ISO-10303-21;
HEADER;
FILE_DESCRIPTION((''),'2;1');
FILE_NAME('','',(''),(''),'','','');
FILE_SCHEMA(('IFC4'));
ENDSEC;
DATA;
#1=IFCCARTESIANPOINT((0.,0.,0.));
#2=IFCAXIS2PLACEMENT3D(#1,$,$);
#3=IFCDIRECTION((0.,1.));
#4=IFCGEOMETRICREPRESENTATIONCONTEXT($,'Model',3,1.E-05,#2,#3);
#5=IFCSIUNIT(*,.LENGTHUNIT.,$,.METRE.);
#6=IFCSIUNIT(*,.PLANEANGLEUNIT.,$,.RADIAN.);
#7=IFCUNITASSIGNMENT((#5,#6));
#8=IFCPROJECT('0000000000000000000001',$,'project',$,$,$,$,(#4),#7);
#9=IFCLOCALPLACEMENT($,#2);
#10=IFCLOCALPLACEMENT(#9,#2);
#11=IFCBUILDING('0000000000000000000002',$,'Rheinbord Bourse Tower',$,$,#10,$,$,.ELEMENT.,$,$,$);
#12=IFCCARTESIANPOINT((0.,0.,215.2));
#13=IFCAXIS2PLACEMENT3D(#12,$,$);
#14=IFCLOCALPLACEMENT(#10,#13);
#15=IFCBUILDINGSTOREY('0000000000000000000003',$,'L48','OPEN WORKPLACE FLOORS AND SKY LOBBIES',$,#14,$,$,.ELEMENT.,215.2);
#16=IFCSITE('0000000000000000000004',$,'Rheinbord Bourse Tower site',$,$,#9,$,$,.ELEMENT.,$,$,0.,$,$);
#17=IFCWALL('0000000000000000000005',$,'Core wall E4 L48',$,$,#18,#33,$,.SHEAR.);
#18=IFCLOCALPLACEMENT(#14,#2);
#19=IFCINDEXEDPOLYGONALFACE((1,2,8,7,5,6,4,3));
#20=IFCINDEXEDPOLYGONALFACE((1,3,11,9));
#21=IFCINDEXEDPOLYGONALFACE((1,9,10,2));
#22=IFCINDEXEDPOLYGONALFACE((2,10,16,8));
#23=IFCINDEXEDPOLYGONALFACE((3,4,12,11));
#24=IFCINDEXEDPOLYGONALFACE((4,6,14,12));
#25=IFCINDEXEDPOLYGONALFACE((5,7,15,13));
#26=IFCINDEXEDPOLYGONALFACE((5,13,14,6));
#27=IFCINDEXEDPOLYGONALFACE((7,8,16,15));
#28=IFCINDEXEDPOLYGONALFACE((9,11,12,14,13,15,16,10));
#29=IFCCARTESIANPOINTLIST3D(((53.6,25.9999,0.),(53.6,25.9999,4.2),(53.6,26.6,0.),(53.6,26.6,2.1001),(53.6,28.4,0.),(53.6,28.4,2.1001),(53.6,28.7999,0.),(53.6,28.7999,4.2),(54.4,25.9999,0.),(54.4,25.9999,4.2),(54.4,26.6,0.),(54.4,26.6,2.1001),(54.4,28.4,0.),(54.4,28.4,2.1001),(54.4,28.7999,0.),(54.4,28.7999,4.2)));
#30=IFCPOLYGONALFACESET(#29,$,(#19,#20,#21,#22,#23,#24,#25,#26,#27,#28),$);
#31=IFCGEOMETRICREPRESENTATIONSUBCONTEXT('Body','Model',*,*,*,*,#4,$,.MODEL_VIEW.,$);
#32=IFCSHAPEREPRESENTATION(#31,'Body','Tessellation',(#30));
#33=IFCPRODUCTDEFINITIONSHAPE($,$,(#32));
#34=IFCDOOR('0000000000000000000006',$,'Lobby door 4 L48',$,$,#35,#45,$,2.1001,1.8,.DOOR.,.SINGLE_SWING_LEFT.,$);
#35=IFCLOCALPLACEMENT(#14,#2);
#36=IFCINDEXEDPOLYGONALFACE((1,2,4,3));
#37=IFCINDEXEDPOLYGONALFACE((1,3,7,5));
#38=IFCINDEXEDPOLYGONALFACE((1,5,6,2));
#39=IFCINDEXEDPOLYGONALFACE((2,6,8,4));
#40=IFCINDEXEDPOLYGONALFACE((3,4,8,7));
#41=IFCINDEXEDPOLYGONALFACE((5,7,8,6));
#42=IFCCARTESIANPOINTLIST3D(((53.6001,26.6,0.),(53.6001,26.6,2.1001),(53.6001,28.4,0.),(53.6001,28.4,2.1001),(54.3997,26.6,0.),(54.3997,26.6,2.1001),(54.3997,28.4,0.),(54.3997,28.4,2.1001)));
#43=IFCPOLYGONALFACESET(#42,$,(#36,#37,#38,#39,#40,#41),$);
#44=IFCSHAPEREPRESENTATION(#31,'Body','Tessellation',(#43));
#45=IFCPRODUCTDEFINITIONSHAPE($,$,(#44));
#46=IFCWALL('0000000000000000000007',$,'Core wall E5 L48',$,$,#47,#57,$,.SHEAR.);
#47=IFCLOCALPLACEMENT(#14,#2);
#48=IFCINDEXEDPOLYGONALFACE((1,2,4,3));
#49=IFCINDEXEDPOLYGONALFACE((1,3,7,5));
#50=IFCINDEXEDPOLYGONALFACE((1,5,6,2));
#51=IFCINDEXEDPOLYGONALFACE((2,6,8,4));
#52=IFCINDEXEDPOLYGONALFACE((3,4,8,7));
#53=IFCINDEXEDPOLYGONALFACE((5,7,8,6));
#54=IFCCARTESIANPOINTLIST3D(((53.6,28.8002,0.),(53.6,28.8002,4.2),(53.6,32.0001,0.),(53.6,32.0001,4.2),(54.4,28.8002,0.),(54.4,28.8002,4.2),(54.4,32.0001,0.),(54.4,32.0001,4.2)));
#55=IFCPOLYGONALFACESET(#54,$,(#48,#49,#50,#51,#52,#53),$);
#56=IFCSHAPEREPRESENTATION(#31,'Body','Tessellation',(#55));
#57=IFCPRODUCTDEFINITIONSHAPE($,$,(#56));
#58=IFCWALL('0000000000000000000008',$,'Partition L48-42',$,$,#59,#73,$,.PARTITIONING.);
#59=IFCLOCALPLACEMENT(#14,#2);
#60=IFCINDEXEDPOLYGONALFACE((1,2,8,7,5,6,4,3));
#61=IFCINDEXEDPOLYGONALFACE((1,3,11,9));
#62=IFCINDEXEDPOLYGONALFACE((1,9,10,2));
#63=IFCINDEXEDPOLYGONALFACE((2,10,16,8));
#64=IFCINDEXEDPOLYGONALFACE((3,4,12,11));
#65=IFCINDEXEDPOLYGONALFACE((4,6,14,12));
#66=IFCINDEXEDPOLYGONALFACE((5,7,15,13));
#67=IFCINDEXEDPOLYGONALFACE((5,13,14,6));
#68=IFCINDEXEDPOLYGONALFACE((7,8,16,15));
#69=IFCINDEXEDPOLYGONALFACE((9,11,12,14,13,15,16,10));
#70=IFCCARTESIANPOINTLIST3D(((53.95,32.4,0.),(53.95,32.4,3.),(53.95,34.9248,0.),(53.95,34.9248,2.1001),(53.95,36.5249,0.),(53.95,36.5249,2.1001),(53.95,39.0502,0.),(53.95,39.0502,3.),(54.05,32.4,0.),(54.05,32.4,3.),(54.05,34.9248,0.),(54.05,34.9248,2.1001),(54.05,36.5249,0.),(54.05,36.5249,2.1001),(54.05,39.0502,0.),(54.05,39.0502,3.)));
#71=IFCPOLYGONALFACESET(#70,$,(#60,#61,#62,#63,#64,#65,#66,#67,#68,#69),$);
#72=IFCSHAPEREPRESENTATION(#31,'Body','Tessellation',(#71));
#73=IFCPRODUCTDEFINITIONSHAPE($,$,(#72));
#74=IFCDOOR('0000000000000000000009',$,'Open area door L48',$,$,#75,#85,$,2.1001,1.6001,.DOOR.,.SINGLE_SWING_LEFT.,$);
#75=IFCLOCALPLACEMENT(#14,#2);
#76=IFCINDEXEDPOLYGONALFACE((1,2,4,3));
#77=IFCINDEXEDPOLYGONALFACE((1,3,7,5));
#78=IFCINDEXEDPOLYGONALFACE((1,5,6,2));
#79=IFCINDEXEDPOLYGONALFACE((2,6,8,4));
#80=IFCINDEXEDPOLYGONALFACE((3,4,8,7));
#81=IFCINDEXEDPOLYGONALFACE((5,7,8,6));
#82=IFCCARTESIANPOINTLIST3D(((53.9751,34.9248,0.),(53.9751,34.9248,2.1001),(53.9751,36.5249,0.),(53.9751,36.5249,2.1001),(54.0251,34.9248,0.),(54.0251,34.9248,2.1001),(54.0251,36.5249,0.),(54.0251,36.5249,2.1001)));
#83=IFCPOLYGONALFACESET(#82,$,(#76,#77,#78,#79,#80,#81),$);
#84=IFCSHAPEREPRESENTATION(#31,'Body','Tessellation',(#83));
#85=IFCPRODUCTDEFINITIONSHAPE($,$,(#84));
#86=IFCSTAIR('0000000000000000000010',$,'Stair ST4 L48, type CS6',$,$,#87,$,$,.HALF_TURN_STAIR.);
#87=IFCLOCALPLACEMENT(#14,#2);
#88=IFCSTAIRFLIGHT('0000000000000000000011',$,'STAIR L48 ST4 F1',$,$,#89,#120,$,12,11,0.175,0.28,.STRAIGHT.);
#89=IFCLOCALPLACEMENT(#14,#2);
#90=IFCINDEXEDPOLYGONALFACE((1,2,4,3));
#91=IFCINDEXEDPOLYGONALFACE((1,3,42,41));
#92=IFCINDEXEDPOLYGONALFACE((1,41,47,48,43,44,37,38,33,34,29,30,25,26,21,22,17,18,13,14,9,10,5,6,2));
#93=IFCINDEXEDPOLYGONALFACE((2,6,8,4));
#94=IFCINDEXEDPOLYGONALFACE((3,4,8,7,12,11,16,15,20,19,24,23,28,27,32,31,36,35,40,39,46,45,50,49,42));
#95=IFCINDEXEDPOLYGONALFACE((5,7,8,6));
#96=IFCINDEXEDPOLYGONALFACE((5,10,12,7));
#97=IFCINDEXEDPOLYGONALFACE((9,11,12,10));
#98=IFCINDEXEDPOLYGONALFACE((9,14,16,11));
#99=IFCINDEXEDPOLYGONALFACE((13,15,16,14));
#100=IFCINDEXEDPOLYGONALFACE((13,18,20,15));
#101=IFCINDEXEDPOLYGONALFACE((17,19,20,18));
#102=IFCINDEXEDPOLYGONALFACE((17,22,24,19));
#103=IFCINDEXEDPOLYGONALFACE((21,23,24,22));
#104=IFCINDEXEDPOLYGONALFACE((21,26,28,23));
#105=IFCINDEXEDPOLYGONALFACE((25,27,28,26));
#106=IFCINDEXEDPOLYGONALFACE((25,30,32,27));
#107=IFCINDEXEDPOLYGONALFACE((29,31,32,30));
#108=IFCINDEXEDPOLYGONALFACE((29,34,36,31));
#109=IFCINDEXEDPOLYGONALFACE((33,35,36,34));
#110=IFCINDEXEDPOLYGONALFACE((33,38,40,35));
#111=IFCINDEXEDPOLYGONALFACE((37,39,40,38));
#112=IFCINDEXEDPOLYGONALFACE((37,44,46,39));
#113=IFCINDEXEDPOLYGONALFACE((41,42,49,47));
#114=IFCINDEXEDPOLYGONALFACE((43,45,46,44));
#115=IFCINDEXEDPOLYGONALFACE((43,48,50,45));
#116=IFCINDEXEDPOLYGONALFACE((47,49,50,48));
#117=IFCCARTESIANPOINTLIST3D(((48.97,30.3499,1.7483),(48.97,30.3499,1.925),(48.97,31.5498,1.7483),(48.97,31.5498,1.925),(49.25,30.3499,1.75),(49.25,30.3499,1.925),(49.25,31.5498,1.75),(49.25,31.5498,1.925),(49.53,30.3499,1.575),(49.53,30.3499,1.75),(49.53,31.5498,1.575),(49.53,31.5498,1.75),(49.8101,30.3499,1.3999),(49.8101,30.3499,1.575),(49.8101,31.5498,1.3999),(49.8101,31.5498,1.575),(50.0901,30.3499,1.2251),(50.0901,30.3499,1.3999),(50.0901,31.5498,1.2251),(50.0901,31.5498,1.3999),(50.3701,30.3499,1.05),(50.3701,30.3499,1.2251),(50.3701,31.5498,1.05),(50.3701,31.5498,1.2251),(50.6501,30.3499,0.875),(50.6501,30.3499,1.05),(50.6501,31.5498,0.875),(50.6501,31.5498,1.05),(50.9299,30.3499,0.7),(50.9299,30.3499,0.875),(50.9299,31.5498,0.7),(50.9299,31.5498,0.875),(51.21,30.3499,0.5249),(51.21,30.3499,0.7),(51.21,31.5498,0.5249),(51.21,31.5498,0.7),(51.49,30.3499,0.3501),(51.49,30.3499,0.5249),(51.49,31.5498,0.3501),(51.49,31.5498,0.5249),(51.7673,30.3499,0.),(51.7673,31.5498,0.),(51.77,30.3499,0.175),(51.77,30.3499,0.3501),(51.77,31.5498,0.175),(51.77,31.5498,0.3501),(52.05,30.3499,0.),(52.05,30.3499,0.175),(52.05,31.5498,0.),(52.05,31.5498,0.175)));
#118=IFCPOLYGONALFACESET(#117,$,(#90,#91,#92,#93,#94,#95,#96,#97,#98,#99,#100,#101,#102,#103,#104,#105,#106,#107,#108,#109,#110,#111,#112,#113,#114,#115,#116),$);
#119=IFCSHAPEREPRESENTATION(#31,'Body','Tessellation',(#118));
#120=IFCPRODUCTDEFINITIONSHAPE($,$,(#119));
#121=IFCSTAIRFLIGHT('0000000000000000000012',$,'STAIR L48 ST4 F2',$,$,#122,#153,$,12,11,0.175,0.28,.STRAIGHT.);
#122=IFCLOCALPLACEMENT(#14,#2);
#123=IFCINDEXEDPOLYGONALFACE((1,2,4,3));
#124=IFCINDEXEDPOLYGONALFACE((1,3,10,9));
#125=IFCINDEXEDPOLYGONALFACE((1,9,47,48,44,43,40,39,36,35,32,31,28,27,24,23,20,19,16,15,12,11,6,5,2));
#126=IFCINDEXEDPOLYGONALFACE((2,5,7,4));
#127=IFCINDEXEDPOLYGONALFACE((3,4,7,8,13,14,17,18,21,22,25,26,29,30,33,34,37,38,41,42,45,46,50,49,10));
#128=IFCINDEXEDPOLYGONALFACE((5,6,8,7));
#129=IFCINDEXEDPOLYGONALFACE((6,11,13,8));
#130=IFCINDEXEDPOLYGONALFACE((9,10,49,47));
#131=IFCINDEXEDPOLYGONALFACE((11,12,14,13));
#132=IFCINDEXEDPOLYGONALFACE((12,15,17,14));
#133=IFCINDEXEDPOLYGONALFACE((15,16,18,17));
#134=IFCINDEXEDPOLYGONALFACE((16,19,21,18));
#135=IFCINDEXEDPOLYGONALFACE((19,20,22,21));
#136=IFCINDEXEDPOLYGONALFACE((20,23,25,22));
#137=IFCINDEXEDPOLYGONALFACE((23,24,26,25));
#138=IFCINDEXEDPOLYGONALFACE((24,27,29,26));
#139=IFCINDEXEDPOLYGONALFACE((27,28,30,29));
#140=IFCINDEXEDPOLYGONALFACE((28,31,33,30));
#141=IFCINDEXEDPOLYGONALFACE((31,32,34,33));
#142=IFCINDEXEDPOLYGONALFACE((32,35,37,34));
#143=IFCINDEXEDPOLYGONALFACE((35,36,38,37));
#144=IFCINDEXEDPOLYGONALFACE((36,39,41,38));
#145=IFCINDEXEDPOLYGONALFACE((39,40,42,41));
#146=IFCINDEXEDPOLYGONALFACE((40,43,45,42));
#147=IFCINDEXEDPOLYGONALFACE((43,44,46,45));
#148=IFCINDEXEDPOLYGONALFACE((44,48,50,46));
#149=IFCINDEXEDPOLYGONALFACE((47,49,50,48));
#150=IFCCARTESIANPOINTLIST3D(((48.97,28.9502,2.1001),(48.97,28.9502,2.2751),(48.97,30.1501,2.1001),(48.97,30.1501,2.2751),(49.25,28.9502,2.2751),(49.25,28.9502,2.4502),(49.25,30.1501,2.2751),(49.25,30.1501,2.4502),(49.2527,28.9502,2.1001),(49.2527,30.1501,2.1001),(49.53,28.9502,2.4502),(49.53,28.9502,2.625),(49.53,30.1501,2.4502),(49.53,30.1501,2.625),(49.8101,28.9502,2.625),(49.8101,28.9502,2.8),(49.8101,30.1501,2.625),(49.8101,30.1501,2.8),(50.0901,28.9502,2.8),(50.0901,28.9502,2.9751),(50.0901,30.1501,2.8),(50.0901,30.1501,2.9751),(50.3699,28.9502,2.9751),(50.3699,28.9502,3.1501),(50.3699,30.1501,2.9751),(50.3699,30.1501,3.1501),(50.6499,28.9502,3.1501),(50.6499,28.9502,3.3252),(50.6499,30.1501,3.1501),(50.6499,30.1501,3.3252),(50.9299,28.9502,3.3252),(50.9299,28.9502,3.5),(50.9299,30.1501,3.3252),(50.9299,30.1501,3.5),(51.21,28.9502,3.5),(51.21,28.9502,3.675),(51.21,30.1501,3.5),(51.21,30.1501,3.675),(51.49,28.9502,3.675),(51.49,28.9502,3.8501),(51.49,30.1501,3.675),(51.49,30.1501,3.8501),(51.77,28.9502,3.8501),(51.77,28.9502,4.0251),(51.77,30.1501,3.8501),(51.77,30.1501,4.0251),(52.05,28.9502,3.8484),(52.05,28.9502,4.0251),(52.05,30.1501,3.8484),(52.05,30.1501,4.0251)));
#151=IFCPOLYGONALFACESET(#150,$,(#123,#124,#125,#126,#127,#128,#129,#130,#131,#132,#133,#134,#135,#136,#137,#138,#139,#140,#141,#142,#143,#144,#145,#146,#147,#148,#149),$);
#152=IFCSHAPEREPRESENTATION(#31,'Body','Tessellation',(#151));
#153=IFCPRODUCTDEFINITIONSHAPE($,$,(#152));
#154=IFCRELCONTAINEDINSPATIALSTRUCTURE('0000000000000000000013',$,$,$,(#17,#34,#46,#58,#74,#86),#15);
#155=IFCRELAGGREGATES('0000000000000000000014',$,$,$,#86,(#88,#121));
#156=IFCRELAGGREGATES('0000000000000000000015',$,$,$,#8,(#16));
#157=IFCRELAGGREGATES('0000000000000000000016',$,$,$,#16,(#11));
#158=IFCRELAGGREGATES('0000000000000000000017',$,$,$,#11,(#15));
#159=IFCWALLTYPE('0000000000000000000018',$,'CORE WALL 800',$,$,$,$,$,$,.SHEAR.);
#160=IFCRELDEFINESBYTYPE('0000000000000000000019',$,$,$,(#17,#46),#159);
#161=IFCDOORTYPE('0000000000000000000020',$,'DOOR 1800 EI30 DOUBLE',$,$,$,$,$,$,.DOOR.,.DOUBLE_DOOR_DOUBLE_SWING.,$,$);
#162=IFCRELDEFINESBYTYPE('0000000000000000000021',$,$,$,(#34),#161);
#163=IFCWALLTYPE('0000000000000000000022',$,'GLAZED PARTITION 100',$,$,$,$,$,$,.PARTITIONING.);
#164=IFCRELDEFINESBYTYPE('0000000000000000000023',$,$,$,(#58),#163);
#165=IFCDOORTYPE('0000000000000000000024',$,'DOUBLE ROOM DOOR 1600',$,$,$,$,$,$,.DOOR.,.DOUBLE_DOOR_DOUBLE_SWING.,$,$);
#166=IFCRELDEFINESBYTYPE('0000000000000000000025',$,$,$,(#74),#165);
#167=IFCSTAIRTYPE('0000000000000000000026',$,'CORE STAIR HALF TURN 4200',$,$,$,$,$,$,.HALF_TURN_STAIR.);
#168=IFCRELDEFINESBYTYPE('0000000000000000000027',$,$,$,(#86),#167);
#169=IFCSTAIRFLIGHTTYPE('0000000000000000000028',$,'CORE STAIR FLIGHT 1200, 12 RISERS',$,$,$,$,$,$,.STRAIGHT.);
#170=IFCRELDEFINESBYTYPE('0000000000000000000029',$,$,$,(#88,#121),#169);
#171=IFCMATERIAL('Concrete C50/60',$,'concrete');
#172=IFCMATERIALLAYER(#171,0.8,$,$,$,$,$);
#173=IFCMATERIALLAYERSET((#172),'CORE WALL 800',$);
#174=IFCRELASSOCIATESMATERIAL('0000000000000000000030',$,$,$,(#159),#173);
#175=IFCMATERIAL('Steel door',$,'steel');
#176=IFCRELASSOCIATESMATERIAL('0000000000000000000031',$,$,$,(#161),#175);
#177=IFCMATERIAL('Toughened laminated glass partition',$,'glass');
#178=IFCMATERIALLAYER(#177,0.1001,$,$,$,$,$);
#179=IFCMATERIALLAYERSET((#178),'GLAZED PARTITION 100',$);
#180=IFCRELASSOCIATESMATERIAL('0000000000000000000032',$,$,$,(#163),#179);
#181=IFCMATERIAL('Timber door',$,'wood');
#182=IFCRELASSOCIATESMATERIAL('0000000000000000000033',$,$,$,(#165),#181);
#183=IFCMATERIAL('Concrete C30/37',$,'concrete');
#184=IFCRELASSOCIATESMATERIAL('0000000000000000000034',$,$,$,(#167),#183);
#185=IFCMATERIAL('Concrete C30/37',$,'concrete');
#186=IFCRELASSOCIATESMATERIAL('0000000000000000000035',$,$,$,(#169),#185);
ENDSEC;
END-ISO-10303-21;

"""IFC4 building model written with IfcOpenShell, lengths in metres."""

from ifc_helpers import new_model, si_unit, direction, frame, frame_2d, origin, place, context, subcontext, project, spatial, polyline, rectangle, outline, extrude, material, layer, layer_set, type_object, element, fill, aggregate, save


model = new_model("IFC4")

# Units and contexts
model_context = context("Model", 3, precision=1e-05, world=origin(), true_north=direction((0.0, 1.0)))
body_context = subcontext(model_context, "Body", "Model", "MODEL_VIEW")
ifc_project = project(units=[si_unit("LENGTHUNIT", "METRE"), si_unit("PLANEANGLEUNIT", "RADIAN")], contexts=[model_context])

# Site, building, storey
site_placement = place(None, origin())
site = spatial("IfcSite", under=ifc_project, at=site_placement, Name="Rheinbord Bourse Tower site", CompositionType="ELEMENT", RefElevation=0.0)
building_placement = place(site_placement, origin())
building = spatial("IfcBuilding", under=site, at=building_placement, Name="Rheinbord Bourse Tower", CompositionType="ELEMENT")
storey_placement = place(building_placement, frame((0.0, 0.0, 215.2)))
storey = spatial("IfcBuildingStorey", under=building, at=storey_placement, Name="L48", Description="OPEN WORKPLACE FLOORS AND SKY LOBBIES", CompositionType="ELEMENT", Elevation=215.2)

# Shared definitions
ifc_material_1 = material(Name="Concrete C50/60", Category="concrete")
ifc_layer_1 = layer(ifc_material_1, 0.8)
ifc_layer_set_1 = layer_set([ifc_layer_1], Name="CORE WALL 800")
wall_type_1 = type_object("IfcWallType", Name="CORE WALL 800", PredefinedType="SHEAR", material=ifc_layer_set_1)

# Wall, opening, door
wall_1_placement = place(storey_placement, frame((54.0, 26.0, 0.0), z_axis=(0.0, 0.0, 1.0), x_axis=(0.0, 1.0, 0.0)))
wall_1 = element("IfcWall", 1, at=wall_1_placement, inside=storey, type_object=wall_type_1, Name="Core wall E4 L48", PredefinedType="SHEAR", context=body_context, shape_type="SweptSolid", body=[
    extrude(rectangle(XDim=2.8, YDim=0.8, at=frame_2d((1.3999, 0.0))), origin(), (0.0, 0.0, 1.0), 4.2),
])
opening_1_placement = place(wall_1_placement, frame((0.6001, 0.0, 0.0)))
opening_1 = element("IfcOpeningElement", 2, at=opening_1_placement, cuts=wall_1, PredefinedType="OPENING", context=body_context, shape_type="SweptSolid", body=[
    extrude(rectangle(XDim=1.8, YDim=2.1001, at=frame_2d((0.8999, 1.05))), frame((0.0, 0.4099, 0.0), z_axis=(0.0, -1.0, 0.0), x_axis=(1.0, 0.0, 0.0)), (0.0, 0.0, 1.0), 0.8201),
])
ifc_material_2 = material(Name="Steel door", Category="steel")
door_type_1 = type_object("IfcDoorType", Name="DOOR 1800 EI30 DOUBLE", OperationType="DOUBLE_DOOR_DOUBLE_SWING", PredefinedType="DOOR", material=ifc_material_2)
door_1_placement = place(opening_1_placement, origin())
door_1 = element("IfcDoor", 3, at=door_1_placement, inside=storey, type_object=door_type_1, Name="Lobby door 4 L48", OperationType="SINGLE_SWING_LEFT", OverallHeight=2.1001, OverallWidth=1.8, PredefinedType="DOOR", context=body_context, shape_type="SweptSolid", body=[
    extrude(rectangle(XDim=1.8, YDim=2.1001, at=frame_2d((0.8999, 1.05))), frame((0.0, 0.3999, 0.0), z_axis=(0.0, -1.0, 0.0), x_axis=(1.0, 0.0, 0.0)), (0.0, 0.0, 1.0), 0.7996),
])
fill(opening_1, door_1)

# Wall
wall_2_placement = place(storey_placement, frame((54.0, 28.8, 0.0), z_axis=(0.0, 0.0, 1.0), x_axis=(0.0, 1.0, 0.0)))
element("IfcWall", 4, at=wall_2_placement, inside=storey, type_object=wall_type_1, Name="Core wall E5 L48", PredefinedType="SHEAR", context=body_context, shape_type="SweptSolid", body=[
    extrude(rectangle(XDim=3.2, YDim=0.8, at=frame_2d((1.6001, 0.0))), origin(), (0.0, 0.0, 1.0), 4.2),
])

# Wall, opening, door
ifc_material_3 = material(Name="Toughened laminated glass partition", Category="glass")
ifc_layer_2 = layer(ifc_material_3, 0.1001)
ifc_layer_set_2 = layer_set([ifc_layer_2], Name="GLAZED PARTITION 100")
wall_type_2 = type_object("IfcWallType", Name="GLAZED PARTITION 100", PredefinedType="PARTITIONING", material=ifc_layer_set_2)
wall_3_placement = place(storey_placement, frame((54.0, 32.3999, 0.0), z_axis=(0.0, 0.0, 1.0), x_axis=(0.0, 1.0, 0.0)))
wall_3 = element("IfcWall", 5, at=wall_3_placement, inside=storey, type_object=wall_type_2, Name="Partition L48-42", PredefinedType="PARTITIONING", context=body_context, shape_type="SweptSolid", body=[
    extrude(rectangle(XDim=6.6501, YDim=0.1001, at=frame_2d((3.3252, 0.0))), origin(), (0.0, 0.0, 1.0), 3.0),
])
opening_2_placement = place(wall_3_placement, frame((2.5249, 0.0, 0.0)))
opening_2 = element("IfcOpeningElement", 6, at=opening_2_placement, cuts=wall_3, PredefinedType="OPENING", context=body_context, shape_type="SweptSolid", body=[
    extrude(rectangle(XDim=1.6001, YDim=2.1001, at=frame_2d((0.8, 1.05))), frame((0.0, 0.0601, 0.0), z_axis=(0.0, -1.0, 0.0), x_axis=(1.0, 0.0, 0.0)), (0.0, 0.0, 1.0), 0.1201),
])
ifc_material_4 = material(Name="Timber door", Category="wood")
door_type_2 = type_object("IfcDoorType", Name="DOUBLE ROOM DOOR 1600", OperationType="DOUBLE_DOOR_DOUBLE_SWING", PredefinedType="DOOR", material=ifc_material_4)
door_2_placement = place(opening_2_placement, origin())
door_2 = element("IfcDoor", 7, at=door_2_placement, inside=storey, type_object=door_type_2, Name="Open area door L48", OperationType="SINGLE_SWING_LEFT", OverallHeight=2.1001, OverallWidth=1.6001, PredefinedType="DOOR", context=body_context, shape_type="SweptSolid", body=[
    extrude(rectangle(XDim=1.6001, YDim=2.1001, at=frame_2d((0.8, 1.05))), frame((0.0, 0.0249, 0.0), z_axis=(0.0, -1.0, 0.0), x_axis=(1.0, 0.0, 0.0)), (0.0, 0.0, 1.0), 0.05),
])
fill(opening_2, door_2)

# Stair, stair flights
ifc_material_5 = material(Name="Concrete C30/37", Category="concrete")
stair_type = type_object("IfcStairType", Name="CORE STAIR HALF TURN 4200", PredefinedType="HALF_TURN_STAIR", material=ifc_material_5)
stair_placement = place(storey_placement, origin())
stair = element("IfcStair", 8, at=stair_placement, inside=storey, type_object=stair_type, Name="Stair ST4 L48, type CS6", PredefinedType="HALF_TURN_STAIR")
ifc_material_6 = material(Name="Concrete C30/37", Category="concrete")
stair_flight_type = type_object("IfcStairFlightType", Name="CORE STAIR FLIGHT 1200, 12 RISERS", PredefinedType="STRAIGHT", material=ifc_material_6)
stair_flight_1_placement = place(storey_placement, frame((52.05, 30.95, 0.0), z_axis=(0.0, 0.0, 1.0), x_axis=(-1.0, 0.0, 0.0)))
stair_flight_1 = element("IfcStairFlight", 9, at=stair_flight_1_placement, type_object=stair_flight_type, Name="STAIR L48 ST4 F1", NumberOfRisers=12, NumberOfTreads=11, PredefinedType="STRAIGHT", RiserHeight=0.175, TreadLength=0.28, context=body_context, shape_type="SweptSolid", body=[
    extrude(outline(polyline([(0.0, 0.0), (0.0, 0.175), (0.28, 0.175), (0.28, 0.3501), (0.5601, 0.3501), (0.5601, 0.5249), (0.8401, 0.5249), (0.8401, 0.7), (1.1201, 0.7), (1.1201, 0.875), (1.3999, 0.875), (1.3999, 1.05), (1.6799, 1.05), (1.6799, 1.2251), (1.96, 1.2251), (1.96, 1.3999), (2.24, 1.3999), (2.24, 1.575), (2.52, 1.575), (2.52, 1.75), (2.8, 1.75), (2.8, 1.925), (3.0801, 1.925), (3.0801, 2.1001), (3.0801, 1.7483), (0.2827, 0.0), (0.0, 0.0)])), frame((0.0, 0.6001, 0.0), z_axis=(0.0, -1.0, 0.0), x_axis=(1.0, 0.0, 0.0)), (0.0, 0.0, 1.0), 1.2),
])
stair_flight_2_placement = place(storey_placement, frame((48.97, 29.55, 2.1001), z_axis=(0.0, 0.0, 1.0), x_axis=(1.0, 0.0, 0.0)))
stair_flight_2 = element("IfcStairFlight", 10, at=stair_flight_2_placement, type_object=stair_flight_type, Name="STAIR L48 ST4 F2", NumberOfRisers=12, NumberOfTreads=11, PredefinedType="STRAIGHT", RiserHeight=0.175, TreadLength=0.28, context=body_context, shape_type="SweptSolid", body=[
    extrude(outline(polyline([(0.0, 0.0), (0.0, 0.175), (0.28, 0.175), (0.28, 0.3501), (0.5601, 0.3501), (0.5601, 0.5249), (0.8401, 0.5249), (0.8401, 0.7), (1.1201, 0.7), (1.1201, 0.875), (1.3999, 0.875), (1.3999, 1.05), (1.6799, 1.05), (1.6799, 1.2251), (1.96, 1.2251), (1.96, 1.3999), (2.24, 1.3999), (2.24, 1.575), (2.52, 1.575), (2.52, 1.75), (2.8, 1.75), (2.8, 1.925), (3.0801, 1.925), (3.0801, 2.1001), (3.0801, 1.7483), (0.2827, 0.0), (0.0, 0.0)])), frame((0.0, 0.6001, 0.0), z_axis=(0.0, -1.0, 0.0), x_axis=(1.0, 0.0, 0.0)), (0.0, 0.0, 1.0), 1.2),
])
aggregate(stair, [stair_flight_1, stair_flight_2])

save(model, "model.ifc")
